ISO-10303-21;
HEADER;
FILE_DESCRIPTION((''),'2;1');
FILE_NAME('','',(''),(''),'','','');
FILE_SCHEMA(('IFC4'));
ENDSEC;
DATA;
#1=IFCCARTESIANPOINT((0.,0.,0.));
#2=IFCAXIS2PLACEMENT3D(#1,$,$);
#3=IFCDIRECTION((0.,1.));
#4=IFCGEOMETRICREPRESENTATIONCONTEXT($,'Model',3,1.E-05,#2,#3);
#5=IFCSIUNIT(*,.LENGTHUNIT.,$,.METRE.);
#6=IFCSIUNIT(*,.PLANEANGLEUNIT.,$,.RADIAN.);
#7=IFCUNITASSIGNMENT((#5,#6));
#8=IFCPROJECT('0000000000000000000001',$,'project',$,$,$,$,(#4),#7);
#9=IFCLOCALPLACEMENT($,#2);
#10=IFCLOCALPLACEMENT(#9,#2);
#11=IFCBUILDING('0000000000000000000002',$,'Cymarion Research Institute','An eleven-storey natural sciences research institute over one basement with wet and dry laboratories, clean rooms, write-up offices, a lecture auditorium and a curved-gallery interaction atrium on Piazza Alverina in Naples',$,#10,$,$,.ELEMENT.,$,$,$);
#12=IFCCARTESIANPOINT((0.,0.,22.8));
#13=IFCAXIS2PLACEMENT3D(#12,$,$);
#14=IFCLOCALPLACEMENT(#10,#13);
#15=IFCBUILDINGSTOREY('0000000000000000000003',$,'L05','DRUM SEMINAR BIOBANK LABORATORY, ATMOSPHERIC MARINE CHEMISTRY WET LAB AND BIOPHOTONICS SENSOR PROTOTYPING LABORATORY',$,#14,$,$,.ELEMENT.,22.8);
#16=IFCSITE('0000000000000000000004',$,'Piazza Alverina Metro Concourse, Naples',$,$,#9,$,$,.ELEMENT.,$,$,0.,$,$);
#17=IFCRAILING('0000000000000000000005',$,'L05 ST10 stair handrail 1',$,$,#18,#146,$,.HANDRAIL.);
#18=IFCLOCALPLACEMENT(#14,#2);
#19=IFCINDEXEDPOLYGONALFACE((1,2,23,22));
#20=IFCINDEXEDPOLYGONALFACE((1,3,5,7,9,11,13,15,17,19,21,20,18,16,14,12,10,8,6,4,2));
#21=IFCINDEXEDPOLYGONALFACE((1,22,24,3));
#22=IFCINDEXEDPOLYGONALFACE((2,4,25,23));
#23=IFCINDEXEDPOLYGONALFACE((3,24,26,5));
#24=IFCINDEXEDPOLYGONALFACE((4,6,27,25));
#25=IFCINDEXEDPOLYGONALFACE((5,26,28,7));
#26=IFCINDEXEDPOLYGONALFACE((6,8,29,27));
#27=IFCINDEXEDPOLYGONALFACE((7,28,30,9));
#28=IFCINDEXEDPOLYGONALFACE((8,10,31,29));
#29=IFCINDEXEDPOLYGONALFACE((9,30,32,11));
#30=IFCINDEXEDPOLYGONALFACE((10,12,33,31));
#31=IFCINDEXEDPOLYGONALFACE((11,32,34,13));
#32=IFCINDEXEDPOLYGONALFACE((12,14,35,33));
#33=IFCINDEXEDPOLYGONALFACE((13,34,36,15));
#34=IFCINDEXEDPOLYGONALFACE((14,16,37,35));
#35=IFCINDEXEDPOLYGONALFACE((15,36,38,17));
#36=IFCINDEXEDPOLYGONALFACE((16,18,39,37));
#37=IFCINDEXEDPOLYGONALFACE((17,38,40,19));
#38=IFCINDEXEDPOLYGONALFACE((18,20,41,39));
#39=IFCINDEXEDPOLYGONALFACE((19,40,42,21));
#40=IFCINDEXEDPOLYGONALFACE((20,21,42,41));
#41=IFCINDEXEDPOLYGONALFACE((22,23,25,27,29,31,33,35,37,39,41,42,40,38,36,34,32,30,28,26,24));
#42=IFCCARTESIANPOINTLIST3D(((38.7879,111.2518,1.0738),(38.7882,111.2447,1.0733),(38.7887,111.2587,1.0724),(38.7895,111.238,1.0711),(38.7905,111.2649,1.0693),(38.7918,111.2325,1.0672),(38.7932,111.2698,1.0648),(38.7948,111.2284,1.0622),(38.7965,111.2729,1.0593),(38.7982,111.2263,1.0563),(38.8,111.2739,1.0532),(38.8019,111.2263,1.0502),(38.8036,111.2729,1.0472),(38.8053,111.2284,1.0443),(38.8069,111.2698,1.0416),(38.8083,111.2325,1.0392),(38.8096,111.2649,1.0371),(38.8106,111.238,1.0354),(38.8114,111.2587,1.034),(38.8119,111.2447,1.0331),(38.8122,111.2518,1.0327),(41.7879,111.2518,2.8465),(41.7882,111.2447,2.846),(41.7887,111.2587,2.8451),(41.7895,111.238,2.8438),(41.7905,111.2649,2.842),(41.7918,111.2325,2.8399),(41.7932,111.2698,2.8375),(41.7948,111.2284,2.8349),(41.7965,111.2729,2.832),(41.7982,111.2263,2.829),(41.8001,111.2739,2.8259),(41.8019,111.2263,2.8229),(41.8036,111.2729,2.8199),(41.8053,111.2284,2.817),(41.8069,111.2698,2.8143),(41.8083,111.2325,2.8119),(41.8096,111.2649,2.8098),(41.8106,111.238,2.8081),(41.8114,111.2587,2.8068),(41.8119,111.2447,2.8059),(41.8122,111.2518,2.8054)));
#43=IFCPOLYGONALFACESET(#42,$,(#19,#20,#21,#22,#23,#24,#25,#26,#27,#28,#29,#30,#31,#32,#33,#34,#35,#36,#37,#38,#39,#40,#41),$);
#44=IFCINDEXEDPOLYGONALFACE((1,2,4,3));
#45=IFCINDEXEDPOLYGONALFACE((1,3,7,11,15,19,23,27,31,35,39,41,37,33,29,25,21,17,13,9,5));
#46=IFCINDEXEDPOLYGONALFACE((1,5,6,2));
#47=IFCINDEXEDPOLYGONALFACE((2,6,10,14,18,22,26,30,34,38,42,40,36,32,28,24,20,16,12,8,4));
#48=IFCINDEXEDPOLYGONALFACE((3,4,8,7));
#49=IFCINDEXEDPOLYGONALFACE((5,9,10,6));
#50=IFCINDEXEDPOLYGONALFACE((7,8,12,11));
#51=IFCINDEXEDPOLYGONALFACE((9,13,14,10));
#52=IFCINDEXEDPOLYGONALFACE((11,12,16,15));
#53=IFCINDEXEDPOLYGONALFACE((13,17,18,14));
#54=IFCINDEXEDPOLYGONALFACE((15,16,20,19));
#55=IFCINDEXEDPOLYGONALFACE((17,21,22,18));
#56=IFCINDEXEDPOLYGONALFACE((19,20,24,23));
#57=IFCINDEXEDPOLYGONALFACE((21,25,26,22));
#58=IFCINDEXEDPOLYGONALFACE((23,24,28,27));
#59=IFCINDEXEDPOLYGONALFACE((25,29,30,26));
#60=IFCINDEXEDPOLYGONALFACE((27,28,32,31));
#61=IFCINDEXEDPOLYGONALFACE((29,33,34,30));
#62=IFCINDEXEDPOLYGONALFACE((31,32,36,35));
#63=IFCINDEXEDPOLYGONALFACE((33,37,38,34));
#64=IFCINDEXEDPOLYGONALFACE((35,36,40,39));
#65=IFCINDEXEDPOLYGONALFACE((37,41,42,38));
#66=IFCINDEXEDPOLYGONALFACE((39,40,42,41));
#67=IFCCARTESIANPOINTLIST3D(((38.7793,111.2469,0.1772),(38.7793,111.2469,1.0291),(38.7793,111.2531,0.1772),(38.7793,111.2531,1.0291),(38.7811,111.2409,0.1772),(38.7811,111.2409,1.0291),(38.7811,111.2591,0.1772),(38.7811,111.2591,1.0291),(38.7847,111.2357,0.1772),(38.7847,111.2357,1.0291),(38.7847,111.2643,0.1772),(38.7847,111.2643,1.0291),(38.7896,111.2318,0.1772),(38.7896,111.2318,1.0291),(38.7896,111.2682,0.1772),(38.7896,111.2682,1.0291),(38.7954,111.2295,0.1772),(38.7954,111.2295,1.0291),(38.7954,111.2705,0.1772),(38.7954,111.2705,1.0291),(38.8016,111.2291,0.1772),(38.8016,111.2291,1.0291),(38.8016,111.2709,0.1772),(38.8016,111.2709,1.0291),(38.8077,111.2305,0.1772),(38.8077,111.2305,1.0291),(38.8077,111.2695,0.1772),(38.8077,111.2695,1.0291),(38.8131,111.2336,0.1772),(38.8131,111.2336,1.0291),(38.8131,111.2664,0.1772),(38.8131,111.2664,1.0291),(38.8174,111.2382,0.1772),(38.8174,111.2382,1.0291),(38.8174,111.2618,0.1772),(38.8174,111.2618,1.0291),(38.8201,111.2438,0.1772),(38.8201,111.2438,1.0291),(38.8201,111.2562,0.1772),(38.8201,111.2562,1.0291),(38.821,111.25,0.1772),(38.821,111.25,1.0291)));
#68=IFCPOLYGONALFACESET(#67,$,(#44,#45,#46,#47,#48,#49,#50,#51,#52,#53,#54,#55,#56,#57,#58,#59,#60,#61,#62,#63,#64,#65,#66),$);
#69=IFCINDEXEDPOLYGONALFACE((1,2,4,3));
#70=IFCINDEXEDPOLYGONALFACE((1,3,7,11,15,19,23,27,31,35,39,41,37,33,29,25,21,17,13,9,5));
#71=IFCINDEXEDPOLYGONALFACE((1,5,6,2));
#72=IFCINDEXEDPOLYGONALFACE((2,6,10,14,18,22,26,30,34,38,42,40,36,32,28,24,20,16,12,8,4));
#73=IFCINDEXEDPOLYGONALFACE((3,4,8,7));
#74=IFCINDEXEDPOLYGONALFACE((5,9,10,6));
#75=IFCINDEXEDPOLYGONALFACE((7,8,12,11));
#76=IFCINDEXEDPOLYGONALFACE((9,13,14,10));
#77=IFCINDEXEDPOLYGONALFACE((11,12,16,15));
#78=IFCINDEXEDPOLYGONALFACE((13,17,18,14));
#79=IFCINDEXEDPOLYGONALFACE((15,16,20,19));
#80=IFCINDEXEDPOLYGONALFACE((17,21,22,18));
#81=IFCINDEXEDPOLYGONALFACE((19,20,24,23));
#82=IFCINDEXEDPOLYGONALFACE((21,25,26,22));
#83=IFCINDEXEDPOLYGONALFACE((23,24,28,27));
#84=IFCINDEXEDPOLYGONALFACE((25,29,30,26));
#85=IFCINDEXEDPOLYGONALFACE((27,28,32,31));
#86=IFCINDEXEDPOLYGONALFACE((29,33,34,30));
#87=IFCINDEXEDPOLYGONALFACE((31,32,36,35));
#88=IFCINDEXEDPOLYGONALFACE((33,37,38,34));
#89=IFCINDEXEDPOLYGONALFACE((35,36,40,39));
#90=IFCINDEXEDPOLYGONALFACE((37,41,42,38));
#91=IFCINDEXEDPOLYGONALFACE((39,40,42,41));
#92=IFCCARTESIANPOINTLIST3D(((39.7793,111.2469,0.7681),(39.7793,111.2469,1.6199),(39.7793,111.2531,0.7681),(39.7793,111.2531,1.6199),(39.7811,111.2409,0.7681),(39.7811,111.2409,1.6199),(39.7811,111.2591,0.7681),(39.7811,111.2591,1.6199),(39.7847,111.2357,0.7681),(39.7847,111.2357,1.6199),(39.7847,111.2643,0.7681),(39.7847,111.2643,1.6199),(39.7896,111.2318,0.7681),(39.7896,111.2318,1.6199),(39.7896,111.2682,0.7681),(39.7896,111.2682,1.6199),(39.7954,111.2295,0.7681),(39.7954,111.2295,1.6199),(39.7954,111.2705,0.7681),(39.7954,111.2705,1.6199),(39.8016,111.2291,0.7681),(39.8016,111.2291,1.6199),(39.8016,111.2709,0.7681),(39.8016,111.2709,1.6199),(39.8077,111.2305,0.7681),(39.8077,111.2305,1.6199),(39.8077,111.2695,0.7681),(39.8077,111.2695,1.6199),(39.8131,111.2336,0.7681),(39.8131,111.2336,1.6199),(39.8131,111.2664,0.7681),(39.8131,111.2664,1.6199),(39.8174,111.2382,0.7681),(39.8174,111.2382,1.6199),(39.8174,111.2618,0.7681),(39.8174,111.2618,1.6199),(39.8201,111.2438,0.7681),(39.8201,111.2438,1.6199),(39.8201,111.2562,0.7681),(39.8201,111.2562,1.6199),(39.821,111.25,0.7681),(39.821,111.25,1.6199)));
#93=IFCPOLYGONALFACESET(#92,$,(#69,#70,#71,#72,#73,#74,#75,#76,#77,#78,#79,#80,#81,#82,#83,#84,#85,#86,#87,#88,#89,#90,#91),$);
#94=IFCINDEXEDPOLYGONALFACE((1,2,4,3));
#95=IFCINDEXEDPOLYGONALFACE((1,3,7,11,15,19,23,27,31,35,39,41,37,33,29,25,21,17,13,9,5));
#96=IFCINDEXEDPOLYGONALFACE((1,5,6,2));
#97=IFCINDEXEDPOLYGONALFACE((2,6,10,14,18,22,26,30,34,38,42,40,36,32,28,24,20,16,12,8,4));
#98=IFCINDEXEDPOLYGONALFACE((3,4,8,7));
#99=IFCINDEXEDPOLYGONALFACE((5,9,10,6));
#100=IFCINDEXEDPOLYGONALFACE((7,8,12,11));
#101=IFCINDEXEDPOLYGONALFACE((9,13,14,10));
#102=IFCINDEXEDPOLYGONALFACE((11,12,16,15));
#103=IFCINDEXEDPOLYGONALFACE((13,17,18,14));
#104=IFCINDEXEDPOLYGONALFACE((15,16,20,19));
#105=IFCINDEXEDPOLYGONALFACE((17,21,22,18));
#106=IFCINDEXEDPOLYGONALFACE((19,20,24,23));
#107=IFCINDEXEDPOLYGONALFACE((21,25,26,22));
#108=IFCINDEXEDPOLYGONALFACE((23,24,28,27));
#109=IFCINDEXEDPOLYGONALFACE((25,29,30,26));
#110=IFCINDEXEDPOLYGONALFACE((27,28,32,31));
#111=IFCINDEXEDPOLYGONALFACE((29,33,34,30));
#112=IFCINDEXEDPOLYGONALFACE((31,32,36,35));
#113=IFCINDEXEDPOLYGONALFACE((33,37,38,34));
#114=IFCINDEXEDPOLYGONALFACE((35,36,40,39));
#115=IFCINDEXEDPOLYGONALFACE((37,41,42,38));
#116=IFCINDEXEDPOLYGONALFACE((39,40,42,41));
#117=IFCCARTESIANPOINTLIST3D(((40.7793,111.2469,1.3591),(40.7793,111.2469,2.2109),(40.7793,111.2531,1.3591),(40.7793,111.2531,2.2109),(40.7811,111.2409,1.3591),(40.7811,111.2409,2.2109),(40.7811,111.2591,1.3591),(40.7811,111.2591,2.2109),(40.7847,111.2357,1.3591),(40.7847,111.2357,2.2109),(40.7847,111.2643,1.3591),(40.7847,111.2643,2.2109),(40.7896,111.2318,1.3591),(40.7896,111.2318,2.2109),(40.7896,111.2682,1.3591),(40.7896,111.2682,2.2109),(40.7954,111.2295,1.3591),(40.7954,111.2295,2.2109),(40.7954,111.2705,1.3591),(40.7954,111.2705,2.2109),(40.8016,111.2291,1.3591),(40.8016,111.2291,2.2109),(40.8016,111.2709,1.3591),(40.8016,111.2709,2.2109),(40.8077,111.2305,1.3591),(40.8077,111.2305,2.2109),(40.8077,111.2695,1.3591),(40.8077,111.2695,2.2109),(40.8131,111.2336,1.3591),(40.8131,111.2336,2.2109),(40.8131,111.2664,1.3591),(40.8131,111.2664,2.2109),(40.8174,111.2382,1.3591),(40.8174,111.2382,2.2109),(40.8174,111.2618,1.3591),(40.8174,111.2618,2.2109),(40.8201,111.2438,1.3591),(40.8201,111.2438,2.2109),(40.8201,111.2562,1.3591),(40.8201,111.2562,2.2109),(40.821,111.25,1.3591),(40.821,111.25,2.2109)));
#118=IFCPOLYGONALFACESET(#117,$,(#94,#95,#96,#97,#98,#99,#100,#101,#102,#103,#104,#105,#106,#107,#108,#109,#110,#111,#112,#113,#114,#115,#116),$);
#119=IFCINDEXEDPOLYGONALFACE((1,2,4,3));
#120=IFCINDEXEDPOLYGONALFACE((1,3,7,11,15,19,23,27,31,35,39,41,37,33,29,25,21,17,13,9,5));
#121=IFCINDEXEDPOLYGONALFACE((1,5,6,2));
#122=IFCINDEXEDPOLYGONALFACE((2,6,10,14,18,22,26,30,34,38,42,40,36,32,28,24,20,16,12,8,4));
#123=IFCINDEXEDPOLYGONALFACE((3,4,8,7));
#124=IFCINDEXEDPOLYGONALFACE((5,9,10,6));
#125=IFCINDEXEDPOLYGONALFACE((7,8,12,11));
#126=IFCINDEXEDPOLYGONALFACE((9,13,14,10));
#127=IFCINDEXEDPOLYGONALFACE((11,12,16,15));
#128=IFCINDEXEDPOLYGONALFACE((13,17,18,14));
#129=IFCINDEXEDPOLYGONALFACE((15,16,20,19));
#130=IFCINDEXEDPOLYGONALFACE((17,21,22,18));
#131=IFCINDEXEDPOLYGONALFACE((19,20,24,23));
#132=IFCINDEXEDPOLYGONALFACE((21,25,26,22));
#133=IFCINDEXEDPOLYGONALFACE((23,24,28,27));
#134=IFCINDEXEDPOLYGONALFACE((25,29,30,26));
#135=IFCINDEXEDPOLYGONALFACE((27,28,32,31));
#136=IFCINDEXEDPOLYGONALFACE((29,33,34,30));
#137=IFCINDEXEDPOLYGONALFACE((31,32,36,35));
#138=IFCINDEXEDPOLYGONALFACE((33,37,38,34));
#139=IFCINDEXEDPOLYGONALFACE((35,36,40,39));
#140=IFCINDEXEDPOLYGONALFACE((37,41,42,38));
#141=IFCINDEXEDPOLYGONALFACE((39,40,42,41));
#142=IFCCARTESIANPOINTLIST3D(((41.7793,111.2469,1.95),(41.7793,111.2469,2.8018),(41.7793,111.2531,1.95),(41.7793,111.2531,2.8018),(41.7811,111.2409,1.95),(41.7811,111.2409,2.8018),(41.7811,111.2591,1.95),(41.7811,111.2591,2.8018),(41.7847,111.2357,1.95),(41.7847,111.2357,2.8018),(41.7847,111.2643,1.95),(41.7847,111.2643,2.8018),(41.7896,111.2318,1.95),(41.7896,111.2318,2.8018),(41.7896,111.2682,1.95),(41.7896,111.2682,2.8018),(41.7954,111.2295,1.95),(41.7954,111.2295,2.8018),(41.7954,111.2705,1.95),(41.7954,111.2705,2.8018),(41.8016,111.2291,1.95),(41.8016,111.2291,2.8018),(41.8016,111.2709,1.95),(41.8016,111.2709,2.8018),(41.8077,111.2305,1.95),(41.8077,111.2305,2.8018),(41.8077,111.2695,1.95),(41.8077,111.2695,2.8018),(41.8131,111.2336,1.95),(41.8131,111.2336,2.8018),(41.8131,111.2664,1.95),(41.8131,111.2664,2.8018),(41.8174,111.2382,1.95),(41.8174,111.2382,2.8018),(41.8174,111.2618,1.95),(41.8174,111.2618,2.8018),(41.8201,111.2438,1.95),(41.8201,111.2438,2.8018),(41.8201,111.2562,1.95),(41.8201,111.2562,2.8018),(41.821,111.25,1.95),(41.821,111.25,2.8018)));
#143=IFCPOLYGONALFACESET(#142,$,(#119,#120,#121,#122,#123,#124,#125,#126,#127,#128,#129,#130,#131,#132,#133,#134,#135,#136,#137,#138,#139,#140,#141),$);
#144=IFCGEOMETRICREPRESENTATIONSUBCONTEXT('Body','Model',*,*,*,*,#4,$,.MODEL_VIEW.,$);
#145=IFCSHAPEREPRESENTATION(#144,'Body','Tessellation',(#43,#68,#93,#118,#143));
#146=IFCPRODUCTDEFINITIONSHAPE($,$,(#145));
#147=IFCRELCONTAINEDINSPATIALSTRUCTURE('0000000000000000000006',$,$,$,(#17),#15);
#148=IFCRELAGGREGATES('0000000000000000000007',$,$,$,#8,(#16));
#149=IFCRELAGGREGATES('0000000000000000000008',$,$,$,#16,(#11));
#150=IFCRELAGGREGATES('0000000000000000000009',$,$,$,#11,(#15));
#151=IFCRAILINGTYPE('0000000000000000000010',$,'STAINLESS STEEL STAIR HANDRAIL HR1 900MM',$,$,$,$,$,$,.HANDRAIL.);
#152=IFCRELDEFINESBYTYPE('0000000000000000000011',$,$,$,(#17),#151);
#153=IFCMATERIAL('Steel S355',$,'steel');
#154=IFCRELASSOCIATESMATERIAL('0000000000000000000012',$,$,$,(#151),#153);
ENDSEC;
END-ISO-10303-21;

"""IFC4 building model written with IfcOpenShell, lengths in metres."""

from ifc_helpers import new_model, si_unit, direction, frame, origin, origin_2d, place, context, subcontext, project, spatial, circle, extrude, material, type_object, element, save


model = new_model("IFC4")

# Units and contexts
model_context = context("Model", 3, precision=1e-05, world=origin(), true_north=direction((0.0, 1.0)))
body_context = subcontext(model_context, "Body", "Model", "MODEL_VIEW")
ifc_project = project(units=[si_unit("LENGTHUNIT", "METRE"), si_unit("PLANEANGLEUNIT", "RADIAN")], contexts=[model_context])

# Site, building, storey
site_placement = place(None, origin())
site = spatial("IfcSite", under=ifc_project, at=site_placement, Name="Piazza Alverina Metro Concourse, Naples", CompositionType="ELEMENT", RefElevation=0.0)
building_placement = place(site_placement, origin())
building = spatial("IfcBuilding", under=site, at=building_placement, Name="Cymarion Research Institute", Description="An eleven-storey natural sciences research institute over one basement with wet and dry laboratories, clean rooms, write-up offices, a lecture auditorium and a curved-gallery interaction atrium on Piazza Alverina in Naples", CompositionType="ELEMENT")
storey_placement = place(building_placement, frame((0.0, 0.0, 22.8)))
storey = spatial("IfcBuildingStorey", under=building, at=storey_placement, Name="L05", Description="DRUM SEMINAR BIOBANK LABORATORY, ATMOSPHERIC MARINE CHEMISTRY WET LAB AND BIOPHOTONICS SENSOR PROTOTYPING LABORATORY", CompositionType="ELEMENT", Elevation=22.8)

# Shared definitions
ifc_material_1 = material(Name="Steel S355", Category="steel")

# Railing
railing_type_1 = type_object("IfcRailingType", Name="STAINLESS STEEL STAIR HANDRAIL HR1 900MM", PredefinedType="HANDRAIL", material=ifc_material_1)
railing_1_placement = place(storey_placement, frame((38.8, 111.25, 0.1772)))
element("IfcRailing", 1, at=railing_1_placement, inside=storey, type_object=railing_type_1, Name="L05 ST10 stair handrail 1", PredefinedType="HANDRAIL", context=body_context, shape_type="SweptSolid", body=[
    extrude(circle(Radius=0.0239, at=origin_2d()), frame((0.0, 0.0, 0.876), z_axis=(0.860929, 0.0, 0.508725), x_axis=(0.0, 1.0, 0.0)), (0.0, 0.0, 1.0), 3.4846),
    extrude(circle(Radius=0.021, at=origin_2d()), origin(), (0.0, 0.0, 1.0), 0.8518),
    extrude(circle(Radius=0.021, at=origin_2d()), frame((1.0, 0.0, 0.5908)), (0.0, 0.0, 1.0), 0.8518),
    extrude(circle(Radius=0.021, at=origin_2d()), frame((2.0, 0.0, 1.1819)), (0.0, 0.0, 1.0), 0.8518),
    extrude(circle(Radius=0.021, at=origin_2d()), frame((3.0, 0.0, 1.7727)), (0.0, 0.0, 1.0), 0.8518),
])

save(model, "model.ifc")
